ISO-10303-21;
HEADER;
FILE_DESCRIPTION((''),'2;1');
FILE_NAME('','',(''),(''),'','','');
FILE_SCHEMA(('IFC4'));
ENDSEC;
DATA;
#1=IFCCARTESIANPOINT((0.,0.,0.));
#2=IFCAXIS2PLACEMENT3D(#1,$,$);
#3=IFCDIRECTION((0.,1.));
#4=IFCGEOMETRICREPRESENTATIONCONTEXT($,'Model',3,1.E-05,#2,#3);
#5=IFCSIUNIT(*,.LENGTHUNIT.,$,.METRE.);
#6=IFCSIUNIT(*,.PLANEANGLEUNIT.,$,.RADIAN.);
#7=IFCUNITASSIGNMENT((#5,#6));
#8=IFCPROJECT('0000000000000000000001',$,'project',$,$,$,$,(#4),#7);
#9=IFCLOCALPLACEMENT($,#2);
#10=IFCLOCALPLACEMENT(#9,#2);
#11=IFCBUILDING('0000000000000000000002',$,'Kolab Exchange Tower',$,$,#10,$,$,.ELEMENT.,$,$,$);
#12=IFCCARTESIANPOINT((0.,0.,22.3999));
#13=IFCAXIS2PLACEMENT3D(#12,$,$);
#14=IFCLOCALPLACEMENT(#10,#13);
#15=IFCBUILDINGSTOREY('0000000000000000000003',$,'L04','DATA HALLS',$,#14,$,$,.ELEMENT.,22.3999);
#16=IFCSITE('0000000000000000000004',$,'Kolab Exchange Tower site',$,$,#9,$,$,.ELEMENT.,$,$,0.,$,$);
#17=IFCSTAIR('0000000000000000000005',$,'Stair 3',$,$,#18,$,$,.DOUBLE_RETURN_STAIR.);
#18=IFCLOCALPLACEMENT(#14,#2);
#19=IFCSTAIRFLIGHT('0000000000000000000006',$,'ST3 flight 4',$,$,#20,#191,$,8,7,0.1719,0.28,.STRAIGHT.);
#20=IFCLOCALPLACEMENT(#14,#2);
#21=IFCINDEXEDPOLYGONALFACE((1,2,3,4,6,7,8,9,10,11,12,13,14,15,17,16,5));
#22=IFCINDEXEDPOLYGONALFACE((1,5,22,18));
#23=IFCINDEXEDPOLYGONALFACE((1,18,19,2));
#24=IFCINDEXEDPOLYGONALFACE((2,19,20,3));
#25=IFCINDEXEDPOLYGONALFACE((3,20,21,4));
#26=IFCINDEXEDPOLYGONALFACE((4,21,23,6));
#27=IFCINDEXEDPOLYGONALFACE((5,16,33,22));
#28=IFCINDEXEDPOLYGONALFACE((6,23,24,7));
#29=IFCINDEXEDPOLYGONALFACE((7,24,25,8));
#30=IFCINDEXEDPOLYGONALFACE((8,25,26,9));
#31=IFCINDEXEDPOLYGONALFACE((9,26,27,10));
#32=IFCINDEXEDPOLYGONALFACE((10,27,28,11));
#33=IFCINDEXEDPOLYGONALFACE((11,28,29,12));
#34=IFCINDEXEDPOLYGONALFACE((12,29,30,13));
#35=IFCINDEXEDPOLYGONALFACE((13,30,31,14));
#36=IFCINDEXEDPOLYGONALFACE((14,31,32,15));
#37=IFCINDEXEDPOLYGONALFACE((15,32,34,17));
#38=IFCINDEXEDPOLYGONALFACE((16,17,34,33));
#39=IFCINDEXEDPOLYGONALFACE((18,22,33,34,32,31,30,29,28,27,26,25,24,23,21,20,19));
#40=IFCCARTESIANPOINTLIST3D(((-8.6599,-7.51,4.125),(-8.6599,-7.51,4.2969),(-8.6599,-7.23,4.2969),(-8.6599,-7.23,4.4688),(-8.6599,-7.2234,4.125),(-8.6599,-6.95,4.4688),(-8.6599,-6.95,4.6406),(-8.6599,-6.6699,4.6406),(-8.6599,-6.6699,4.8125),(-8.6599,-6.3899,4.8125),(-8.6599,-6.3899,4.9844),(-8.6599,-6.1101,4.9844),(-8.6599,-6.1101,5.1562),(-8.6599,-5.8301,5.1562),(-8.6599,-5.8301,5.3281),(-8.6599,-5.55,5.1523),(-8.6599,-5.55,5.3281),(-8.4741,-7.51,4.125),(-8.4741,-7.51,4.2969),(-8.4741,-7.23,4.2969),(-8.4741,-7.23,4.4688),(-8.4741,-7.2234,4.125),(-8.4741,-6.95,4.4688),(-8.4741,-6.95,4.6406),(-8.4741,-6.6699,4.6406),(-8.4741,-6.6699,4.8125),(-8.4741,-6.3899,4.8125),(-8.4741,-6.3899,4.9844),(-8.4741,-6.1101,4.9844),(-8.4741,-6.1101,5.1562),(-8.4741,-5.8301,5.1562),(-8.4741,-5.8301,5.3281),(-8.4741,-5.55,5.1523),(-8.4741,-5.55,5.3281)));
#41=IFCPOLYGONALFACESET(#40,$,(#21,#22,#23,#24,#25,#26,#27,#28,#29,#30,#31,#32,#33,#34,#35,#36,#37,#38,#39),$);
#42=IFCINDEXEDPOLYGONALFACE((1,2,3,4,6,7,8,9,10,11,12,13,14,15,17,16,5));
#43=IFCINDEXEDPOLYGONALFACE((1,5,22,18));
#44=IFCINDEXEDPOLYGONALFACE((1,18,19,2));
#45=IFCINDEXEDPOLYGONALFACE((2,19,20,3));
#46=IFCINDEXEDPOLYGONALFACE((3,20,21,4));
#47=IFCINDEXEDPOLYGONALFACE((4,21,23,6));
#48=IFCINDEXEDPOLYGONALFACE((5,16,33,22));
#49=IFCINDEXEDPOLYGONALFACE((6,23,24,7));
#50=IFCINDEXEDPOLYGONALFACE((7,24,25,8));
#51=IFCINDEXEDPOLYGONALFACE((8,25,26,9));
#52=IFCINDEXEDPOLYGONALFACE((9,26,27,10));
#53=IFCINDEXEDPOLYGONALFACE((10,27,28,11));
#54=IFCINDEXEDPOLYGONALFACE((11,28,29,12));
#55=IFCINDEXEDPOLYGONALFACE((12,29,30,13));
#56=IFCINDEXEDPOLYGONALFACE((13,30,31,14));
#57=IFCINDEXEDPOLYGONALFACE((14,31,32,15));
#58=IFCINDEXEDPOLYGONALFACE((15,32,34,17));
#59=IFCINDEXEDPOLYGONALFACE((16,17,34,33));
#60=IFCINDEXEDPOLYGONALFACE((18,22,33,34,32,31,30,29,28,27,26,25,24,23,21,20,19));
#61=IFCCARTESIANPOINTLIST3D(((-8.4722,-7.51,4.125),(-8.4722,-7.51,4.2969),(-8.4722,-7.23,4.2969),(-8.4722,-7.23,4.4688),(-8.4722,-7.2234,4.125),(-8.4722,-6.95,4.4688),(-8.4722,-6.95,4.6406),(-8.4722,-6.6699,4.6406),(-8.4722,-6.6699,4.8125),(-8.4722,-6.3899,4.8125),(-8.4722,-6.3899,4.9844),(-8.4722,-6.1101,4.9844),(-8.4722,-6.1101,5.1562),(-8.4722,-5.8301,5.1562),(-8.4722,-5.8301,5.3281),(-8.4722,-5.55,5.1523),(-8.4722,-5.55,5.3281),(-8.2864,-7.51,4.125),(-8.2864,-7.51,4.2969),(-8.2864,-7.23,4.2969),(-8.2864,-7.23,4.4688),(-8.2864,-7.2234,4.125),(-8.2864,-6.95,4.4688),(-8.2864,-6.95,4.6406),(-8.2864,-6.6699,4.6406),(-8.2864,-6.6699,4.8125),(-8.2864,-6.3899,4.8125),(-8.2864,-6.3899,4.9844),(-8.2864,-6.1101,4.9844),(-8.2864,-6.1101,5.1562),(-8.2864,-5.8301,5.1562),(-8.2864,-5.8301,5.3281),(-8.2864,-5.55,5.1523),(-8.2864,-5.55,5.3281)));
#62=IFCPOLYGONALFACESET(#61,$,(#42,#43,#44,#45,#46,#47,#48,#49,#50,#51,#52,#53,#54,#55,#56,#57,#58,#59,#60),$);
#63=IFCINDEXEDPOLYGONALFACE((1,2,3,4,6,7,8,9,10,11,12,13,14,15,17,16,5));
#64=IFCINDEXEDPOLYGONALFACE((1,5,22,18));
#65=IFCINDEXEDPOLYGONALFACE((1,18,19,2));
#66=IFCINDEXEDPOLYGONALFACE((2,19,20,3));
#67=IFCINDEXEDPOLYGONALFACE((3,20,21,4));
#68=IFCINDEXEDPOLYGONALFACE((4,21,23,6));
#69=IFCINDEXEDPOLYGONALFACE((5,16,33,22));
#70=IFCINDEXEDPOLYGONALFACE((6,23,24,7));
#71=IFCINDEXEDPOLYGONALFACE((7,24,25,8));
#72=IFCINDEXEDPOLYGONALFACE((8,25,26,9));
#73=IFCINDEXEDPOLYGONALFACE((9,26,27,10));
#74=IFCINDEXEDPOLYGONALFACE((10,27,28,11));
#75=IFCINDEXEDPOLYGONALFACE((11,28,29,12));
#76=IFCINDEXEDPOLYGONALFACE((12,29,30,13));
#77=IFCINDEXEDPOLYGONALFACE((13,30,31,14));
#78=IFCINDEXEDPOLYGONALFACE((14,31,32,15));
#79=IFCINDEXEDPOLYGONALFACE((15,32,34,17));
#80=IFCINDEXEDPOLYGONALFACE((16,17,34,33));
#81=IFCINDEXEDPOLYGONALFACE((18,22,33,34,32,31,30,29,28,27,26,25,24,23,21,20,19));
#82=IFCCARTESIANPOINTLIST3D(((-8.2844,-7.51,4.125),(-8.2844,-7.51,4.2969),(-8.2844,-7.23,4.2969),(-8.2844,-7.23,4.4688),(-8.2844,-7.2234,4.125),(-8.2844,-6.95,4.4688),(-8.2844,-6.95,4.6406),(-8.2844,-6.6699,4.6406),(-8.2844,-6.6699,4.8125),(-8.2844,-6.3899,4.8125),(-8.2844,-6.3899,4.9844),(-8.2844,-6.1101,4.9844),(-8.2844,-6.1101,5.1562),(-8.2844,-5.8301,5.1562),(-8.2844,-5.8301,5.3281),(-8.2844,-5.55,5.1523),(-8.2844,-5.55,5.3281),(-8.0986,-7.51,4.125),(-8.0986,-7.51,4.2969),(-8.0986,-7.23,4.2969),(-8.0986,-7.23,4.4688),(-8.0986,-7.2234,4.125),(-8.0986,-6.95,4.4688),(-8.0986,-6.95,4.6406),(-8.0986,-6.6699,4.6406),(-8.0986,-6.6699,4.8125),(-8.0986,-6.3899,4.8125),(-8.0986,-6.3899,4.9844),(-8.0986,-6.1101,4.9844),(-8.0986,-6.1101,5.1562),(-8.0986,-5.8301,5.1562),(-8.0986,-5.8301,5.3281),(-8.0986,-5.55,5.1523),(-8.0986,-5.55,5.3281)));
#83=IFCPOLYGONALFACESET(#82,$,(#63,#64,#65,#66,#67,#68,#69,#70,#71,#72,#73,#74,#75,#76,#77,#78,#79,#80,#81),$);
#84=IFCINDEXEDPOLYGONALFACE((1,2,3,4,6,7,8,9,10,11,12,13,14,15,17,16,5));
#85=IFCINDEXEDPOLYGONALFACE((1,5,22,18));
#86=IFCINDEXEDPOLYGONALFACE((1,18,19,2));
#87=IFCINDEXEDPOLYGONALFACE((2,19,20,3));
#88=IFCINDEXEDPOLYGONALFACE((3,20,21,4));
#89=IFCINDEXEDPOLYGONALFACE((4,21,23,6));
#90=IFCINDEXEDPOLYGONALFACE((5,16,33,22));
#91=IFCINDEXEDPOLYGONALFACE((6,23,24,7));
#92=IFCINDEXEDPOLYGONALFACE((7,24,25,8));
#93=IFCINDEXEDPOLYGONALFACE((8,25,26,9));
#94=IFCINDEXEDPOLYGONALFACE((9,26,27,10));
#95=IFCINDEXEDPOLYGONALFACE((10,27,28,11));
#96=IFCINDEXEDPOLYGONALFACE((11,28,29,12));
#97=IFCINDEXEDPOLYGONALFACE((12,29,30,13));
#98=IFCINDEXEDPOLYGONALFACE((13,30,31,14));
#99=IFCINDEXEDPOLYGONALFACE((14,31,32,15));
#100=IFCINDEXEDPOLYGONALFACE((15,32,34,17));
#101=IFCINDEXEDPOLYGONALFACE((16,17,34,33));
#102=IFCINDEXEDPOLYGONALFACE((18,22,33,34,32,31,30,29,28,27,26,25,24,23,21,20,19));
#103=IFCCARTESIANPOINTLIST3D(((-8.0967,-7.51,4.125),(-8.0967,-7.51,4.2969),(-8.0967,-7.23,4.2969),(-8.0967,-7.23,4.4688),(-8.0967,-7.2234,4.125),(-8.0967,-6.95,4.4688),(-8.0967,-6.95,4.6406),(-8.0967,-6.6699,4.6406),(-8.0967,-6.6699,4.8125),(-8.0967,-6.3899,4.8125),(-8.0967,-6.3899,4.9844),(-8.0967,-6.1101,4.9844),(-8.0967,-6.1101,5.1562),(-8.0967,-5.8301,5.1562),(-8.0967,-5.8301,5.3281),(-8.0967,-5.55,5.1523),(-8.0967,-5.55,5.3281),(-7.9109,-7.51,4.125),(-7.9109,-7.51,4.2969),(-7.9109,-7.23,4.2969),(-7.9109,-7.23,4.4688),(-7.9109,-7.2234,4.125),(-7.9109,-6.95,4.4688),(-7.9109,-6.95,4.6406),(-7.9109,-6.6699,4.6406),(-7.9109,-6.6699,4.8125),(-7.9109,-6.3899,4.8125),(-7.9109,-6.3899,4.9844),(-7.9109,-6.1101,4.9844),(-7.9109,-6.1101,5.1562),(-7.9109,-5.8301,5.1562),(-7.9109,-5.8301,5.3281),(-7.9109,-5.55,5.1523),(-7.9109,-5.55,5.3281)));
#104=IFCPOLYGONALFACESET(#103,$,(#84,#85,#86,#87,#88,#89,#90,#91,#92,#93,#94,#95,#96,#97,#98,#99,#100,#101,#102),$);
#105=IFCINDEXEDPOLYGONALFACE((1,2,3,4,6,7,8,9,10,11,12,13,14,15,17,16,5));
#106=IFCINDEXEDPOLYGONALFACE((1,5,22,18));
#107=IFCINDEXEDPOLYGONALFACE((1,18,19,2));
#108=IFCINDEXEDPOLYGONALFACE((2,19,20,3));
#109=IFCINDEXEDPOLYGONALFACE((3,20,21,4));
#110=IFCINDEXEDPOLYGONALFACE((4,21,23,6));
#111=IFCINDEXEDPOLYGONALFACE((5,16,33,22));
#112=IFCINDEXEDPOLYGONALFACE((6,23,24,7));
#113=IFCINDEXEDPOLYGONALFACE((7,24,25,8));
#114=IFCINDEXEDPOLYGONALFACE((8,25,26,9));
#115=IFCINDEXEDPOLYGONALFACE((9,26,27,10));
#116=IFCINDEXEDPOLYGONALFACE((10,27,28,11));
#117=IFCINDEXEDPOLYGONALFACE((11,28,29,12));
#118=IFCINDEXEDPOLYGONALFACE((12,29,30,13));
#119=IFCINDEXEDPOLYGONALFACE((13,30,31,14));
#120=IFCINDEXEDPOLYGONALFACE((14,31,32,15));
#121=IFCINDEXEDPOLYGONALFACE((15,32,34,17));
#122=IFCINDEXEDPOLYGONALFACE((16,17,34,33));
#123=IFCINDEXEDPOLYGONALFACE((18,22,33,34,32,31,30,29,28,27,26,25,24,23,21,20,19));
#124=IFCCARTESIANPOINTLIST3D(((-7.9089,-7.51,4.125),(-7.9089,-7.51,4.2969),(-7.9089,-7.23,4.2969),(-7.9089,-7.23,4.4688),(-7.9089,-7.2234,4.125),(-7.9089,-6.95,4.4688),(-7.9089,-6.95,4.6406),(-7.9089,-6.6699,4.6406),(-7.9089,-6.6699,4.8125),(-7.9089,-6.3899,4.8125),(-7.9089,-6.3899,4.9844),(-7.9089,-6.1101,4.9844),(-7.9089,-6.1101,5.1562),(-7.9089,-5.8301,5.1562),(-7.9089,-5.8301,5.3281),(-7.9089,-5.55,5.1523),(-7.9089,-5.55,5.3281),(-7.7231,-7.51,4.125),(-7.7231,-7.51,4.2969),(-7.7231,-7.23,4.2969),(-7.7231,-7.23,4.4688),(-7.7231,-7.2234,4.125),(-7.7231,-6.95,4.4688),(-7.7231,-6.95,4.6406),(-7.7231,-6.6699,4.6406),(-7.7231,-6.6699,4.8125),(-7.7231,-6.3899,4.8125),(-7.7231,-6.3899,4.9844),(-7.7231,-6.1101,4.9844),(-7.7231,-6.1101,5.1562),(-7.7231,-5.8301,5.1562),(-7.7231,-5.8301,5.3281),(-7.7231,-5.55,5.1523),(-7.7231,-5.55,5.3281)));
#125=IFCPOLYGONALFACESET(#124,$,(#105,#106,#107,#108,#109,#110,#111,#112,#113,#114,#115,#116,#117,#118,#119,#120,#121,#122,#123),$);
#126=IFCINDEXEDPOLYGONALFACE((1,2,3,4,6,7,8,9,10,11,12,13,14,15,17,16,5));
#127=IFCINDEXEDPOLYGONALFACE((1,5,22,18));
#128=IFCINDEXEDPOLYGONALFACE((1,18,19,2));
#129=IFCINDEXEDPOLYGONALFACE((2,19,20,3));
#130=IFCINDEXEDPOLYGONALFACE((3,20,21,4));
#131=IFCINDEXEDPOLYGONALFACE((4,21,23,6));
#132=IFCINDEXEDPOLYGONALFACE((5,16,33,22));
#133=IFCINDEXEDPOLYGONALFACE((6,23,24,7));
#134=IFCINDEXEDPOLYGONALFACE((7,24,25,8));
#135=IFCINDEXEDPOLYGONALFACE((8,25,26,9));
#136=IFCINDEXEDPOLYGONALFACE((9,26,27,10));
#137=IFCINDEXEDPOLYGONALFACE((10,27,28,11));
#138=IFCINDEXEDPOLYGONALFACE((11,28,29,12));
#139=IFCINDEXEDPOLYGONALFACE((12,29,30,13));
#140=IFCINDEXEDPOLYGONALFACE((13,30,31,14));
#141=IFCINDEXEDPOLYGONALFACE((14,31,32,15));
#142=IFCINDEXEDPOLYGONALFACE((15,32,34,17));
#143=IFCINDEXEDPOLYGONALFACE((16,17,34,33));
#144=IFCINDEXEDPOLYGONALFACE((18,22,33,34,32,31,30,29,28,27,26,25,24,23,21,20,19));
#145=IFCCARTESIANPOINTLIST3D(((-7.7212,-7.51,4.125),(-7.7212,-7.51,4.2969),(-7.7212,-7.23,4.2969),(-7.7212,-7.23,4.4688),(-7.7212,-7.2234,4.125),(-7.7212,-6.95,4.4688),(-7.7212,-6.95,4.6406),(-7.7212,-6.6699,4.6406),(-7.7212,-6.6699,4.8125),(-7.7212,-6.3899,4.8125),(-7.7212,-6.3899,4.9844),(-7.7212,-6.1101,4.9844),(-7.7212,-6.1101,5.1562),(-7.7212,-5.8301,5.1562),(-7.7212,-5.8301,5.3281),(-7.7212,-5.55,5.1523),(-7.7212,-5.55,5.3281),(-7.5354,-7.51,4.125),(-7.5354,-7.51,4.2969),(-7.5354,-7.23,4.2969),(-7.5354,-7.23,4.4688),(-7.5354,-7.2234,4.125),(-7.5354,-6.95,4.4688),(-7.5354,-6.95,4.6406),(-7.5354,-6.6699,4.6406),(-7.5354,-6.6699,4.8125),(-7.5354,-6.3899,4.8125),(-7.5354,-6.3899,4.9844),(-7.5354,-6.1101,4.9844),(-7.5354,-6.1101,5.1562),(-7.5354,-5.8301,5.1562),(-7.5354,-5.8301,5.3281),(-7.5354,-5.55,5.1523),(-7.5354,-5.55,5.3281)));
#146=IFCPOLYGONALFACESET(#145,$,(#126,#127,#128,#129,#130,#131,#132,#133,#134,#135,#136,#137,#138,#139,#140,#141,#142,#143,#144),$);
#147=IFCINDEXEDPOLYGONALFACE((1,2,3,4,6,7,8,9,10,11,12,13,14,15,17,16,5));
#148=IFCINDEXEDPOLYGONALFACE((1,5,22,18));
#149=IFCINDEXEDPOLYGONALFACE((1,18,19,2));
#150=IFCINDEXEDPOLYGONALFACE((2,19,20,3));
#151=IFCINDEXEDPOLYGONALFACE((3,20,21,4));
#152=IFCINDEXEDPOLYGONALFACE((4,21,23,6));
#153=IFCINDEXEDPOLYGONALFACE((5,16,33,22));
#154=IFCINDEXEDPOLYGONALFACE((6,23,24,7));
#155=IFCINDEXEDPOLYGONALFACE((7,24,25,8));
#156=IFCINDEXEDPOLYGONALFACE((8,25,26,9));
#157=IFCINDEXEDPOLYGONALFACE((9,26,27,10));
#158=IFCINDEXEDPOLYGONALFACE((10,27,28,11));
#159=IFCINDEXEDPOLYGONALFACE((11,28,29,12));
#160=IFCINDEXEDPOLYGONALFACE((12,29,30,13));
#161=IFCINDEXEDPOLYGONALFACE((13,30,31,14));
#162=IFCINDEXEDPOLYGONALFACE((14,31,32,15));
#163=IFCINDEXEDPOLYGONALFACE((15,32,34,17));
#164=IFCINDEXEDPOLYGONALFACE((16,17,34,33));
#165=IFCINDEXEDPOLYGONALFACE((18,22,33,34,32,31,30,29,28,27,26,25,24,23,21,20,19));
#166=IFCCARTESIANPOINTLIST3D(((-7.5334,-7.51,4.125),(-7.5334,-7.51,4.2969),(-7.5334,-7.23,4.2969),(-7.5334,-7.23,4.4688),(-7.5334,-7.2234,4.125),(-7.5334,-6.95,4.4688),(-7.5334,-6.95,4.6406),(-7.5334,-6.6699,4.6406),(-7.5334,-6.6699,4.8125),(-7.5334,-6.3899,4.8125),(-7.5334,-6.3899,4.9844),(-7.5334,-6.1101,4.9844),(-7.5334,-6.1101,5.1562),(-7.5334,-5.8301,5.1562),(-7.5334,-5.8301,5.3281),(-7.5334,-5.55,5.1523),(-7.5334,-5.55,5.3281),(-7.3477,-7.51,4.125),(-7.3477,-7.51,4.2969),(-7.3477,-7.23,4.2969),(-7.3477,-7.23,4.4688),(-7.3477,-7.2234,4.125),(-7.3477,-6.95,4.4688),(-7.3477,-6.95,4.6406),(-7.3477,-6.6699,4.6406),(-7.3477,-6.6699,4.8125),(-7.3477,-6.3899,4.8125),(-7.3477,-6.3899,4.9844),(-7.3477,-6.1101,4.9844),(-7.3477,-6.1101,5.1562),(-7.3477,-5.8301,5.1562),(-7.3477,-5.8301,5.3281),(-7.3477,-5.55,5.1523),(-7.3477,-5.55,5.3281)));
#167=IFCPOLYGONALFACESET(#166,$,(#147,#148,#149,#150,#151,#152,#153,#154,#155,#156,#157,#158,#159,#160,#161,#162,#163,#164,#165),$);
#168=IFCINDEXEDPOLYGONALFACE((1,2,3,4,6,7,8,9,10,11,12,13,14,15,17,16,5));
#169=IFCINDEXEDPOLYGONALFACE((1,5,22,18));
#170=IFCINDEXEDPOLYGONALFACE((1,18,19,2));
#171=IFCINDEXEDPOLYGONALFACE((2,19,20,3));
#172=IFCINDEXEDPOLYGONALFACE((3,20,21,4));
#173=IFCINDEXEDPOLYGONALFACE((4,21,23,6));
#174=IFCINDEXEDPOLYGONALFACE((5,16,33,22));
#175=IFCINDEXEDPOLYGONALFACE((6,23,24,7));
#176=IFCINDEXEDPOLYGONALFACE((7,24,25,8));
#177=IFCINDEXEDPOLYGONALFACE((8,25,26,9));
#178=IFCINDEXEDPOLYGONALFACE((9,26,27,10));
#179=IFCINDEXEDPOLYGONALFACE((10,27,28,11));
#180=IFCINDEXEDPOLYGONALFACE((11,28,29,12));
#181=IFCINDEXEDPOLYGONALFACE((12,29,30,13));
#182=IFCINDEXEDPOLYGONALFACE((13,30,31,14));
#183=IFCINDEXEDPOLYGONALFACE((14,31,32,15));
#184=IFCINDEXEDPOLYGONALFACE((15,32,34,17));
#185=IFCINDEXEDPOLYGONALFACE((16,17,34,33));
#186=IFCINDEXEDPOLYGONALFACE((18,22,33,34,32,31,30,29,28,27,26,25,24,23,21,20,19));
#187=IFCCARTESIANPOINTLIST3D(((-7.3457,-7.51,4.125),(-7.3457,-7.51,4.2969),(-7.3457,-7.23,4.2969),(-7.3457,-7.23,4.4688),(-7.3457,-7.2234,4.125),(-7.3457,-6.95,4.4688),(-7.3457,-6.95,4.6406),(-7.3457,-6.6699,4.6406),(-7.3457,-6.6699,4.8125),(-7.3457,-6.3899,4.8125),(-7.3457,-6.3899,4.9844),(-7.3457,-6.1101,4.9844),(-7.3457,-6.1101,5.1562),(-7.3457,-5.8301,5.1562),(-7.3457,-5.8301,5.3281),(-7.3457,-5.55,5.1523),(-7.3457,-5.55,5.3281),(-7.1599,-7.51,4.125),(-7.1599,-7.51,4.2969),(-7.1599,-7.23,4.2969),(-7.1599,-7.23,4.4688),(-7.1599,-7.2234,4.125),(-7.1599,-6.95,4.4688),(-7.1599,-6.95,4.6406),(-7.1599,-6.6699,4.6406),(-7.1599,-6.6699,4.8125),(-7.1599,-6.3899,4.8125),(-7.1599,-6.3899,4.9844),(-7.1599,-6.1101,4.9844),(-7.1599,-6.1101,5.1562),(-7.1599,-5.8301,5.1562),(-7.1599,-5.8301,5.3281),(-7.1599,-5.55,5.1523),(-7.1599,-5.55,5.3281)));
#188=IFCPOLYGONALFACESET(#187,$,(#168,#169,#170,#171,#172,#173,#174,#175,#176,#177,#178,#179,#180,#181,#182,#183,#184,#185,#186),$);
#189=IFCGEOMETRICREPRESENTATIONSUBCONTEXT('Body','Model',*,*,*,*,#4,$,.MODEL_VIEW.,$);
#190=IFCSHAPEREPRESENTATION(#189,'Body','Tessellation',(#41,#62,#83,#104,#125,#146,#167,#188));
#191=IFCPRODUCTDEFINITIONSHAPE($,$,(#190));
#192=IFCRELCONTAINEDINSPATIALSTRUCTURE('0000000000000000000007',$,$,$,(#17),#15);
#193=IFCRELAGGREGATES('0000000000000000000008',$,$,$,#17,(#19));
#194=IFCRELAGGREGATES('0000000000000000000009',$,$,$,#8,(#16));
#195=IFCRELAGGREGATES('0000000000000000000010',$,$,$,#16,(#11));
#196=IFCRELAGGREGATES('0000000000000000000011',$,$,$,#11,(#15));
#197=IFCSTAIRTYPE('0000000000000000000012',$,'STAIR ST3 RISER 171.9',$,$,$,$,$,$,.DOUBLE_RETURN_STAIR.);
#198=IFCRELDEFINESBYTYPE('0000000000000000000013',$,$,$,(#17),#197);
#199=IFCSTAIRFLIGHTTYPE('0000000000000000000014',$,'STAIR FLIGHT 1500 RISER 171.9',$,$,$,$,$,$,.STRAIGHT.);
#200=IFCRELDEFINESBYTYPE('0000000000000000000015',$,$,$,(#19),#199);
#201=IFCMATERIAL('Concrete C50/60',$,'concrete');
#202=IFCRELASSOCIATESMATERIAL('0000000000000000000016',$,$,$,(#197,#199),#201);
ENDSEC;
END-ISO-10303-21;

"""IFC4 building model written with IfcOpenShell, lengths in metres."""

from ifc_helpers import new_model, si_unit, direction, frame, origin, place, context, subcontext, project, spatial, polyline, outline, extrude, material, type_object, element, aggregate, save


model = new_model("IFC4")

# Units and contexts
model_context = context("Model", 3, precision=1e-05, world=origin(), true_north=direction((0.0, 1.0)))
body_context = subcontext(model_context, "Body", "Model", "MODEL_VIEW")
ifc_project = project(units=[si_unit("LENGTHUNIT", "METRE"), si_unit("PLANEANGLEUNIT", "RADIAN")], contexts=[model_context])

# Site, building, storey
site_placement = place(None, origin())
site = spatial("IfcSite", under=ifc_project, at=site_placement, Name="Kolab Exchange Tower site", CompositionType="ELEMENT", RefElevation=0.0)
building_placement = place(site_placement, origin())
building = spatial("IfcBuilding", under=site, at=building_placement, Name="Kolab Exchange Tower", CompositionType="ELEMENT")
storey_placement = place(building_placement, frame((0.0, 0.0, 22.3999)))
storey = spatial("IfcBuildingStorey", under=building, at=storey_placement, Name="L04", Description="DATA HALLS", CompositionType="ELEMENT", Elevation=22.3999)

# Shared definitions
ifc_material_1 = material(Name="Concrete C50/60", Category="concrete")

# Stair, stair flight
stair_type = type_object("IfcStairType", Name="STAIR ST3 RISER 171.9", PredefinedType="DOUBLE_RETURN_STAIR", material=ifc_material_1)
stair_placement = place(storey_placement, origin())
stair = element("IfcStair", 1, at=stair_placement, inside=storey, type_object=stair_type, Name="Stair 3", PredefinedType="DOUBLE_RETURN_STAIR")
stair_flight_type = type_object("IfcStairFlightType", Name="STAIR FLIGHT 1500 RISER 171.9", PredefinedType="STRAIGHT", material=ifc_material_1)
stair_flight_1_placement = place(storey_placement, frame((-7.9099, -7.51, 4.125), z_axis=(0.0, 0.0, 1.0), x_axis=(0.0, 1.0, 0.0)))
stair_flight_1 = element("IfcStairFlight", 2, at=stair_flight_1_placement, type_object=stair_flight_type, Name="ST3 flight 4", NumberOfRisers=8, NumberOfTreads=7, PredefinedType="STRAIGHT", RiserHeight=0.1719, TreadLength=0.28, context=body_context, shape_type="SweptSolid", body=[
    extrude(outline(polyline([(0.0, 0.0), (0.0, 0.1719), (0.28, 0.1719), (0.28, 0.3438), (0.5601, 0.3438), (0.5601, 0.5156), (0.8401, 0.5156), (0.8401, 0.6875), (1.1201, 0.6875), (1.1201, 0.8594), (1.3999, 0.8594), (1.3999, 1.0312), (1.6799, 1.0312), (1.6799, 1.2031), (1.96, 1.2031), (1.96, 1.375), (1.96, 1.0273), (0.2866, 0.0), (0.0, 0.0)])), frame((0.0, 0.75, 0.0), z_axis=(0.0, -1.0, 0.0), x_axis=(1.0, 0.0, 0.0)), (0.0, 0.0, 1.0), 0.1858),
    extrude(outline(polyline([(0.0, 0.0), (0.0, 0.1719), (0.28, 0.1719), (0.28, 0.3438), (0.5601, 0.3438), (0.5601, 0.5156), (0.8401, 0.5156), (0.8401, 0.6875), (1.1201, 0.6875), (1.1201, 0.8594), (1.3999, 0.8594), (1.3999, 1.0312), (1.6799, 1.0312), (1.6799, 1.2031), (1.96, 1.2031), (1.96, 1.375), (1.96, 1.0273), (0.2866, 0.0), (0.0, 0.0)])), frame((0.0, 0.5623, 0.0), z_axis=(0.0, -1.0, 0.0), x_axis=(1.0, 0.0, 0.0)), (0.0, 0.0, 1.0), 0.1858),
    extrude(outline(polyline([(0.0, 0.0), (0.0, 0.1719), (0.28, 0.1719), (0.28, 0.3438), (0.5601, 0.3438), (0.5601, 0.5156), (0.8401, 0.5156), (0.8401, 0.6875), (1.1201, 0.6875), (1.1201, 0.8594), (1.3999, 0.8594), (1.3999, 1.0312), (1.6799, 1.0312), (1.6799, 1.2031), (1.96, 1.2031), (1.96, 1.375), (1.96, 1.0273), (0.2866, 0.0), (0.0, 0.0)])), frame((0.0, 0.3745, 0.0), z_axis=(0.0, -1.0, 0.0), x_axis=(1.0, 0.0, 0.0)), (0.0, 0.0, 1.0), 0.1858),
    extrude(outline(polyline([(0.0, 0.0), (0.0, 0.1719), (0.28, 0.1719), (0.28, 0.3438), (0.5601, 0.3438), (0.5601, 0.5156), (0.8401, 0.5156), (0.8401, 0.6875), (1.1201, 0.6875), (1.1201, 0.8594), (1.3999, 0.8594), (1.3999, 1.0312), (1.6799, 1.0312), (1.6799, 1.2031), (1.96, 1.2031), (1.96, 1.375), (1.96, 1.0273), (0.2866, 0.0), (0.0, 0.0)])), frame((0.0, 0.1868, 0.0), z_axis=(0.0, -1.0, 0.0), x_axis=(1.0, 0.0, 0.0)), (0.0, 0.0, 1.0), 0.1858),
    extrude(outline(polyline([(0.0, 0.0), (0.0, 0.1719), (0.28, 0.1719), (0.28, 0.3438), (0.5601, 0.3438), (0.5601, 0.5156), (0.8401, 0.5156), (0.8401, 0.6875), (1.1201, 0.6875), (1.1201, 0.8594), (1.3999, 0.8594), (1.3999, 1.0312), (1.6799, 1.0312), (1.6799, 1.2031), (1.96, 1.2031), (1.96, 1.375), (1.96, 1.0273), (0.2866, 0.0), (0.0, 0.0)])), frame((0.0, -0.001, 0.0), z_axis=(0.0, -1.0, 0.0), x_axis=(1.0, 0.0, 0.0)), (0.0, 0.0, 1.0), 0.1858),
    extrude(outline(polyline([(0.0, 0.0), (0.0, 0.1719), (0.28, 0.1719), (0.28, 0.3438), (0.5601, 0.3438), (0.5601, 0.5156), (0.8401, 0.5156), (0.8401, 0.6875), (1.1201, 0.6875), (1.1201, 0.8594), (1.3999, 0.8594), (1.3999, 1.0312), (1.6799, 1.0312), (1.6799, 1.2031), (1.96, 1.2031), (1.96, 1.375), (1.96, 1.0273), (0.2866, 0.0), (0.0, 0.0)])), frame((0.0, -0.1887, 0.0), z_axis=(0.0, -1.0, 0.0), x_axis=(1.0, 0.0, 0.0)), (0.0, 0.0, 1.0), 0.1858),
    extrude(outline(polyline([(0.0, 0.0), (0.0, 0.1719), (0.28, 0.1719), (0.28, 0.3438), (0.5601, 0.3438), (0.5601, 0.5156), (0.8401, 0.5156), (0.8401, 0.6875), (1.1201, 0.6875), (1.1201, 0.8594), (1.3999, 0.8594), (1.3999, 1.0312), (1.6799, 1.0312), (1.6799, 1.2031), (1.96, 1.2031), (1.96, 1.375), (1.96, 1.0273), (0.2866, 0.0), (0.0, 0.0)])), frame((0.0, -0.3765, 0.0), z_axis=(0.0, -1.0, 0.0), x_axis=(1.0, 0.0, 0.0)), (0.0, 0.0, 1.0), 0.1858),
    extrude(outline(polyline([(0.0, 0.0), (0.0, 0.1719), (0.28, 0.1719), (0.28, 0.3438), (0.5601, 0.3438), (0.5601, 0.5156), (0.8401, 0.5156), (0.8401, 0.6875), (1.1201, 0.6875), (1.1201, 0.8594), (1.3999, 0.8594), (1.3999, 1.0312), (1.6799, 1.0312), (1.6799, 1.2031), (1.96, 1.2031), (1.96, 1.375), (1.96, 1.0273), (0.2866, 0.0), (0.0, 0.0)])), frame((0.0, -0.5642, 0.0), z_axis=(0.0, -1.0, 0.0), x_axis=(1.0, 0.0, 0.0)), (0.0, 0.0, 1.0), 0.1858),
])
aggregate(stair, [stair_flight_1])

save(model, "model.ifc")
